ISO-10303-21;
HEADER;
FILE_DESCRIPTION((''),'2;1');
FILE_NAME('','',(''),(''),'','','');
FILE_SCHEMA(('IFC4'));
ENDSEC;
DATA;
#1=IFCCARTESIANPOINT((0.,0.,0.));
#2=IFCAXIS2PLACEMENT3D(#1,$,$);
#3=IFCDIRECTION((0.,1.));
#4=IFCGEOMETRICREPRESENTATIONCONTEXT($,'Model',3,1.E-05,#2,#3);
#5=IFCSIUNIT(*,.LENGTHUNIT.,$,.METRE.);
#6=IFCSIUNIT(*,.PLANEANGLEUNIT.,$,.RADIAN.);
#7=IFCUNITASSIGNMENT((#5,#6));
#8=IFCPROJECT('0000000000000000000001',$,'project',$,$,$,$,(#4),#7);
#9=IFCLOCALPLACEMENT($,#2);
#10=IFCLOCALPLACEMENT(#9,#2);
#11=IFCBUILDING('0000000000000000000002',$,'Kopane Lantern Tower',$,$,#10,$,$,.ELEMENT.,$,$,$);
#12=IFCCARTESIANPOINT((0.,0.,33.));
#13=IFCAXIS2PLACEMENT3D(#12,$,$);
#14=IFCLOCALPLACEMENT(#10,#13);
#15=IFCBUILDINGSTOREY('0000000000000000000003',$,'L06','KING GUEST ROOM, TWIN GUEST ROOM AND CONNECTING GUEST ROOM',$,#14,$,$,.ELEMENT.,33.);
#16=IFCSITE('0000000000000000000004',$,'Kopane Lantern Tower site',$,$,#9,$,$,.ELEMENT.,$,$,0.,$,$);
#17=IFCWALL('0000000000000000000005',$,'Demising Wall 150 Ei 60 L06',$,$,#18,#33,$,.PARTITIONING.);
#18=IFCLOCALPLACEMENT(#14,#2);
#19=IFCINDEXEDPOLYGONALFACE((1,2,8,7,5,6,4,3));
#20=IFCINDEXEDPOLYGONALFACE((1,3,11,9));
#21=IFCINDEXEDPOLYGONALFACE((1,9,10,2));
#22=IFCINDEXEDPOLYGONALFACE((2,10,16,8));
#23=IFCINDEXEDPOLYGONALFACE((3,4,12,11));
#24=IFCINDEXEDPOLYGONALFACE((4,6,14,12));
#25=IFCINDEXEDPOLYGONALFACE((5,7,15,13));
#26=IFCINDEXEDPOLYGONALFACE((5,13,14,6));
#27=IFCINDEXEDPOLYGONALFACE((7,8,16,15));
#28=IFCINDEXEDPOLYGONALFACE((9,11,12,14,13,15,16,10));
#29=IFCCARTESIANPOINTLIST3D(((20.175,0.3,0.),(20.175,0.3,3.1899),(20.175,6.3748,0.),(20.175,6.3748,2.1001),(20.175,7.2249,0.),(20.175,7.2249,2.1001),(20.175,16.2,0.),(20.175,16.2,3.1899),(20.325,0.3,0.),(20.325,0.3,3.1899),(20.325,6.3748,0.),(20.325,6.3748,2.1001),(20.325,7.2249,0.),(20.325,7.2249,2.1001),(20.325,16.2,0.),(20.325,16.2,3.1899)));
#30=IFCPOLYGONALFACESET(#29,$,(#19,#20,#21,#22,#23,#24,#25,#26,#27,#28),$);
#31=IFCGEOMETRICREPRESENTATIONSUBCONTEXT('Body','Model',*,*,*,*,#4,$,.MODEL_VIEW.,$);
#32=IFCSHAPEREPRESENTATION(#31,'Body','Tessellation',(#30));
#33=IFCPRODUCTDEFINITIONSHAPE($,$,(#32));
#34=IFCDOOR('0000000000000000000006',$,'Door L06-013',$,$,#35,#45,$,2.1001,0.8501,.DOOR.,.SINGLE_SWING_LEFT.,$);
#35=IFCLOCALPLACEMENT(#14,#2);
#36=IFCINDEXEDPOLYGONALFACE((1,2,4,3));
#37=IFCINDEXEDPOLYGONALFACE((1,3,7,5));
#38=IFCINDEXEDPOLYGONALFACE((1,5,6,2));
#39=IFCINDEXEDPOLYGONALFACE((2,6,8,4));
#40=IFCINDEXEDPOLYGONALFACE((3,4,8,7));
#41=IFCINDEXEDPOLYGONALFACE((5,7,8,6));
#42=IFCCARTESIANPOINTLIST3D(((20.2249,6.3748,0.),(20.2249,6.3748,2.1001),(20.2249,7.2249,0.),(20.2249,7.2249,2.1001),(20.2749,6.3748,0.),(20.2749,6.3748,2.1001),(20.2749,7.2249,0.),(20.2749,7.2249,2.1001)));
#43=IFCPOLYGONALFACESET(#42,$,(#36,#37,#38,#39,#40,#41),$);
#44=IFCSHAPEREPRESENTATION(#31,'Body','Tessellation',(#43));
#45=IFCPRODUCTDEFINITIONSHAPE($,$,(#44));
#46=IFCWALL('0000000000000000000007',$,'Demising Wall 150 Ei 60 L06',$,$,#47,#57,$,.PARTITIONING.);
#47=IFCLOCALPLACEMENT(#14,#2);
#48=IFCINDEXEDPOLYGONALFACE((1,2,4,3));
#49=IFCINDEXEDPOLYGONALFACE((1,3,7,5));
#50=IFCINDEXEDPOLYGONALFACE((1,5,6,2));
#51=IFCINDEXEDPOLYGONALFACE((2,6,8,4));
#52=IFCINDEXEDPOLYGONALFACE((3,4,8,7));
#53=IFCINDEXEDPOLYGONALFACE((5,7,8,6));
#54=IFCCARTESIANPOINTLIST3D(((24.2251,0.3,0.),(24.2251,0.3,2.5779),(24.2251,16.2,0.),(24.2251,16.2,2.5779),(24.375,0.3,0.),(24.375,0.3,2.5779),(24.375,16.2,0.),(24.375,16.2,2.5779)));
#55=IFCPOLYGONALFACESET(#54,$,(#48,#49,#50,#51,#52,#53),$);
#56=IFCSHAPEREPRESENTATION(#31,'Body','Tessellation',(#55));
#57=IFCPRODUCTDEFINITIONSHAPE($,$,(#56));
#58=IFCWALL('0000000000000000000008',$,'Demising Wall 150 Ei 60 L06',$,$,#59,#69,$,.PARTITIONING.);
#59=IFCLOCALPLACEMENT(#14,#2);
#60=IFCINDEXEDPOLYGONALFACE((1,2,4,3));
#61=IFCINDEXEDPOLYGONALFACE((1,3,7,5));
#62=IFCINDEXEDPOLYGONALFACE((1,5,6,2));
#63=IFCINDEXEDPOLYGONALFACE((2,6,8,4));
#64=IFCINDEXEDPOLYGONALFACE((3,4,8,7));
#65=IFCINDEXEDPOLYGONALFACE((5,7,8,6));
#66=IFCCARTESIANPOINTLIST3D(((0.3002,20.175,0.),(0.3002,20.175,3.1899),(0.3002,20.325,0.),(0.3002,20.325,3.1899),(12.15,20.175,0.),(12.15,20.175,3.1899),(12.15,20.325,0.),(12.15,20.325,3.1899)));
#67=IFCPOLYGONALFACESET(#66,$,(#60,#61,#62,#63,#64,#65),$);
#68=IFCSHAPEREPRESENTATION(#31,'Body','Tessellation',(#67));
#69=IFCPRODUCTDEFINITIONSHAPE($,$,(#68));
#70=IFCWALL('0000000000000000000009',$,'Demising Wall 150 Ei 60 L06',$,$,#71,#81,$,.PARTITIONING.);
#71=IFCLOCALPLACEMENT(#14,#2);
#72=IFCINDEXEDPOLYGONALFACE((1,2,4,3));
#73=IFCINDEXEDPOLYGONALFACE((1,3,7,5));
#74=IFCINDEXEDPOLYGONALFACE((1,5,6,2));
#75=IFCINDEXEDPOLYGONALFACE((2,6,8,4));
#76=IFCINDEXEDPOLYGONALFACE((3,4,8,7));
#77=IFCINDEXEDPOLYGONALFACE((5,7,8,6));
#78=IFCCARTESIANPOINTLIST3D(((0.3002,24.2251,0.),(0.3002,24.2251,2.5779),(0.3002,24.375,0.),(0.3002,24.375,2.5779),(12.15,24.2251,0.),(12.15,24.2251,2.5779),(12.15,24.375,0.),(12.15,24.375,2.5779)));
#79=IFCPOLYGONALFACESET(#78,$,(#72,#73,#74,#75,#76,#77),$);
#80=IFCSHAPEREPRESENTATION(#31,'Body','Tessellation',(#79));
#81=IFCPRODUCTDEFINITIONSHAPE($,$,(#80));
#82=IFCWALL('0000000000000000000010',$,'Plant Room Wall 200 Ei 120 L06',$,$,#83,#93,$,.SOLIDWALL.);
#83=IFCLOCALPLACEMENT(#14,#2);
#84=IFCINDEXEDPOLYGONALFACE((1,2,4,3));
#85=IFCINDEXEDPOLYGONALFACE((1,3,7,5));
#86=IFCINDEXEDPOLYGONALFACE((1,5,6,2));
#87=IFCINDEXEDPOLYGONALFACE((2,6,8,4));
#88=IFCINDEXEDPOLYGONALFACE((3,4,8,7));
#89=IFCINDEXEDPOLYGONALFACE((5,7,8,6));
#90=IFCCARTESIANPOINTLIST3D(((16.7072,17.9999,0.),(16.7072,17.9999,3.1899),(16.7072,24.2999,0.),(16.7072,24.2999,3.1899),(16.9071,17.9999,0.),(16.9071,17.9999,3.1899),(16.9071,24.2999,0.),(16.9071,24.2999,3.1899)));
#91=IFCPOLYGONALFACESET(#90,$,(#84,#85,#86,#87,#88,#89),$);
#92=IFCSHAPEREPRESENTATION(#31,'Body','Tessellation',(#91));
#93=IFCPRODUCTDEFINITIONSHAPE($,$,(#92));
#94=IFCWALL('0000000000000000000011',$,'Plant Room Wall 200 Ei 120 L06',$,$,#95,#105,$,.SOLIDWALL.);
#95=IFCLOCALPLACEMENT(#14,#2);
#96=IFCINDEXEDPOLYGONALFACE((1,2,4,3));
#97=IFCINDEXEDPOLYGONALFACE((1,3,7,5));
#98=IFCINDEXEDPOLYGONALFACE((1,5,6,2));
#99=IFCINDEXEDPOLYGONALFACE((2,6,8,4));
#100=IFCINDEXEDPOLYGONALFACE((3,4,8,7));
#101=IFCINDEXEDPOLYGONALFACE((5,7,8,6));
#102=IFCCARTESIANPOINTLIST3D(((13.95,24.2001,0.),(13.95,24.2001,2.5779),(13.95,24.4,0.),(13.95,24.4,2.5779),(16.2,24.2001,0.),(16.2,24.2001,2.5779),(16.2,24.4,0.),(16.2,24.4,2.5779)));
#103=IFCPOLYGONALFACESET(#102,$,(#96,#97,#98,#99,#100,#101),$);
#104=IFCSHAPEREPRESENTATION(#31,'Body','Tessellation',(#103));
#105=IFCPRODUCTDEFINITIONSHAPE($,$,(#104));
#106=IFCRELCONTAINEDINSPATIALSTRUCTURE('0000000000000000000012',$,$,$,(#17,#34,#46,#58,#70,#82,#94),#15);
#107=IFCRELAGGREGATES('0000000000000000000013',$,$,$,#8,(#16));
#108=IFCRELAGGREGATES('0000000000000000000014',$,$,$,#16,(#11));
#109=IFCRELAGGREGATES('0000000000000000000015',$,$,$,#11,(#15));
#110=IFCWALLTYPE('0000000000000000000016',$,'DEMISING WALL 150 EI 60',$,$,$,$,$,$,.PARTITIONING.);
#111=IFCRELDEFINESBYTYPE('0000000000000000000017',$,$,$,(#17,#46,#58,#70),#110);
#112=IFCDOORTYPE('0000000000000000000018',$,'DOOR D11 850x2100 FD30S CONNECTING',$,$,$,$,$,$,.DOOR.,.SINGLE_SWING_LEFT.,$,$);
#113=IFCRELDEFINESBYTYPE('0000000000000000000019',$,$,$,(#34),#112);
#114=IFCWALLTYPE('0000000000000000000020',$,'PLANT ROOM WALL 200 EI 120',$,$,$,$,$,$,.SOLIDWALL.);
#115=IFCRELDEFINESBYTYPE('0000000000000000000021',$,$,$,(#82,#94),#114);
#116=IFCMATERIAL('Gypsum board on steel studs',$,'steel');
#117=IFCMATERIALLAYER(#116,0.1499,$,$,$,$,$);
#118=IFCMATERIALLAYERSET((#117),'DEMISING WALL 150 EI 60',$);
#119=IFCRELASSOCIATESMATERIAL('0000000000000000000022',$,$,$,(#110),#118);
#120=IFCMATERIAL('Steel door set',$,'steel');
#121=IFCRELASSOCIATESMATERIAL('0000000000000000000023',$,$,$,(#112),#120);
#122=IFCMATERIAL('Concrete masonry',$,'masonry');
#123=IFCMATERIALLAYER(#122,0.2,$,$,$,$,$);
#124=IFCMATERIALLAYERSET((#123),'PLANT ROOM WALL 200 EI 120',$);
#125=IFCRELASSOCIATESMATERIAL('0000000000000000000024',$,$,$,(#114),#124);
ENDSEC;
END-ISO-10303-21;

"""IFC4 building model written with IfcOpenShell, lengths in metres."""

from ifc_helpers import new_model, si_unit, direction, frame, frame_2d, origin, place, context, subcontext, project, spatial, rectangle, extrude, material, layer, layer_set, type_object, element, fill, save


model = new_model("IFC4")

# Units and contexts
model_context = context("Model", 3, precision=1e-05, world=origin(), true_north=direction((0.0, 1.0)))
body_context = subcontext(model_context, "Body", "Model", "MODEL_VIEW")
ifc_project = project(units=[si_unit("LENGTHUNIT", "METRE"), si_unit("PLANEANGLEUNIT", "RADIAN")], contexts=[model_context])

# Site, building, storey
site_placement = place(None, origin())
site = spatial("IfcSite", under=ifc_project, at=site_placement, Name="Kopane Lantern Tower site", CompositionType="ELEMENT", RefElevation=0.0)
building_placement = place(site_placement, origin())
building = spatial("IfcBuilding", under=site, at=building_placement, Name="Kopane Lantern Tower", CompositionType="ELEMENT")
storey_placement = place(building_placement, frame((0.0, 0.0, 33.0)))
storey = spatial("IfcBuildingStorey", under=building, at=storey_placement, Name="L06", Description="KING GUEST ROOM, TWIN GUEST ROOM AND CONNECTING GUEST ROOM", CompositionType="ELEMENT", Elevation=33.0)

# Wall, opening, door
ifc_material_1 = material(Name="Gypsum board on steel studs", Category="steel")
ifc_layer_1 = layer(ifc_material_1, 0.1499)
ifc_layer_set_1 = layer_set([ifc_layer_1], Name="DEMISING WALL 150 EI 60")
wall_type_1 = type_object("IfcWallType", Name="DEMISING WALL 150 EI 60", PredefinedType="PARTITIONING", material=ifc_layer_set_1)
wall_1_placement = place(storey_placement, frame((20.25, 16.2, 0.0), z_axis=(0.0, 0.0, 1.0), x_axis=(0.0, -1.0, 0.0)))
wall_1 = element("IfcWall", 1, at=wall_1_placement, inside=storey, type_object=wall_type_1, Name="Demising Wall 150 Ei 60 L06", PredefinedType="PARTITIONING", context=body_context, shape_type="SweptSolid", body=[
    extrude(rectangle(XDim=15.8999, YDim=0.1499, at=frame_2d((7.95, 0.0))), origin(), (0.0, 0.0, 1.0), 3.1899),
])
opening_1_placement = place(wall_1_placement, frame((8.9751, 0.0, 0.0)))
opening_1 = element("IfcOpeningElement", 2, at=opening_1_placement, cuts=wall_1, PredefinedType="OPENING", context=body_context, shape_type="SweptSolid", body=[
    extrude(rectangle(XDim=0.8501, YDim=2.1001, at=frame_2d((0.425, 1.05))), frame((0.0, 0.085, 0.0), z_axis=(0.0, -1.0, 0.0), x_axis=(1.0, 0.0, 0.0)), (0.0, 0.0, 1.0), 0.1699),
])
ifc_material_2 = material(Name="Steel door set", Category="steel")
door_type_1 = type_object("IfcDoorType", Name="DOOR D11 850x2100 FD30S CONNECTING", OperationType="SINGLE_SWING_LEFT", PredefinedType="DOOR", material=ifc_material_2)
door_1_placement = place(opening_1_placement, origin())
door_1 = element("IfcDoor", 3, at=door_1_placement, inside=storey, type_object=door_type_1, Name="Door L06-013", OperationType="SINGLE_SWING_LEFT", OverallHeight=2.1001, OverallWidth=0.8501, PredefinedType="DOOR", context=body_context, shape_type="SweptSolid", body=[
    extrude(rectangle(XDim=0.8501, YDim=2.1001, at=frame_2d((0.425, 1.05))), frame((0.0, 0.0249, 0.0), z_axis=(0.0, -1.0, 0.0), x_axis=(1.0, 0.0, 0.0)), (0.0, 0.0, 1.0), 0.05),
])
fill(opening_1, door_1)

# Walls
wall_2_placement = place(storey_placement, frame((24.3, 16.2, 0.0), z_axis=(0.0, 0.0, 1.0), x_axis=(0.0, -1.0, 0.0)))
element("IfcWall", 4, at=wall_2_placement, inside=storey, type_object=wall_type_1, Name="Demising Wall 150 Ei 60 L06", PredefinedType="PARTITIONING", context=body_context, shape_type="SweptSolid", body=[
    extrude(rectangle(XDim=15.8999, YDim=0.1499, at=frame_2d((7.95, 0.0))), origin(), (0.0, 0.0, 1.0), 2.5779),
])
wall_3_placement = place(storey_placement, frame((12.1499, 20.25, 0.0), z_axis=(0.0, 0.0, 1.0), x_axis=(-1.0, 0.0, 0.0)))
element("IfcWall", 5, at=wall_3_placement, inside=storey, type_object=wall_type_1, Name="Demising Wall 150 Ei 60 L06", PredefinedType="PARTITIONING", context=body_context, shape_type="SweptSolid", body=[
    extrude(rectangle(XDim=11.8499, YDim=0.1499, at=frame_2d((5.9248, 0.0))), origin(), (0.0, 0.0, 1.0), 3.1899),
])
wall_4_placement = place(storey_placement, frame((12.1499, 24.3, 0.0), z_axis=(0.0, 0.0, 1.0), x_axis=(-1.0, 0.0, 0.0)))
element("IfcWall", 6, at=wall_4_placement, inside=storey, type_object=wall_type_1, Name="Demising Wall 150 Ei 60 L06", PredefinedType="PARTITIONING", context=body_context, shape_type="SweptSolid", body=[
    extrude(rectangle(XDim=11.8499, YDim=0.1499, at=frame_2d((5.9248, 0.0))), origin(), (0.0, 0.0, 1.0), 2.5779),
])
ifc_material_3 = material(Name="Concrete masonry", Category="masonry")
ifc_layer_2 = layer(ifc_material_3, 0.2)
ifc_layer_set_2 = layer_set([ifc_layer_2], Name="PLANT ROOM WALL 200 EI 120")
wall_type_2 = type_object("IfcWallType", Name="PLANT ROOM WALL 200 EI 120", PredefinedType="SOLIDWALL", material=ifc_layer_set_2)
wall_5_placement = place(storey_placement, frame((16.8071, 18.0, 0.0), z_axis=(0.0, 0.0, 1.0), x_axis=(0.0, 1.0, 0.0)))
element("IfcWall", 7, at=wall_5_placement, inside=storey, type_object=wall_type_2, Name="Plant Room Wall 200 Ei 120 L06", PredefinedType="SOLIDWALL", context=body_context, shape_type="SweptSolid", body=[
    extrude(rectangle(XDim=6.3, YDim=0.2, at=frame_2d((3.1499, 0.0))), origin(), (0.0, 0.0, 1.0), 3.1899),
])
wall_6_placement = place(storey_placement, frame((13.95, 24.3, 0.0), z_axis=(0.0, 0.0, 1.0), x_axis=(1.0, 0.0, 0.0)))
element("IfcWall", 8, at=wall_6_placement, inside=storey, type_object=wall_type_2, Name="Plant Room Wall 200 Ei 120 L06", PredefinedType="SOLIDWALL", context=body_context, shape_type="SweptSolid", body=[
    extrude(rectangle(XDim=2.25, YDim=0.2, at=frame_2d((1.125, 0.0))), origin(), (0.0, 0.0, 1.0), 2.5779),
])

save(model, "model.ifc")
